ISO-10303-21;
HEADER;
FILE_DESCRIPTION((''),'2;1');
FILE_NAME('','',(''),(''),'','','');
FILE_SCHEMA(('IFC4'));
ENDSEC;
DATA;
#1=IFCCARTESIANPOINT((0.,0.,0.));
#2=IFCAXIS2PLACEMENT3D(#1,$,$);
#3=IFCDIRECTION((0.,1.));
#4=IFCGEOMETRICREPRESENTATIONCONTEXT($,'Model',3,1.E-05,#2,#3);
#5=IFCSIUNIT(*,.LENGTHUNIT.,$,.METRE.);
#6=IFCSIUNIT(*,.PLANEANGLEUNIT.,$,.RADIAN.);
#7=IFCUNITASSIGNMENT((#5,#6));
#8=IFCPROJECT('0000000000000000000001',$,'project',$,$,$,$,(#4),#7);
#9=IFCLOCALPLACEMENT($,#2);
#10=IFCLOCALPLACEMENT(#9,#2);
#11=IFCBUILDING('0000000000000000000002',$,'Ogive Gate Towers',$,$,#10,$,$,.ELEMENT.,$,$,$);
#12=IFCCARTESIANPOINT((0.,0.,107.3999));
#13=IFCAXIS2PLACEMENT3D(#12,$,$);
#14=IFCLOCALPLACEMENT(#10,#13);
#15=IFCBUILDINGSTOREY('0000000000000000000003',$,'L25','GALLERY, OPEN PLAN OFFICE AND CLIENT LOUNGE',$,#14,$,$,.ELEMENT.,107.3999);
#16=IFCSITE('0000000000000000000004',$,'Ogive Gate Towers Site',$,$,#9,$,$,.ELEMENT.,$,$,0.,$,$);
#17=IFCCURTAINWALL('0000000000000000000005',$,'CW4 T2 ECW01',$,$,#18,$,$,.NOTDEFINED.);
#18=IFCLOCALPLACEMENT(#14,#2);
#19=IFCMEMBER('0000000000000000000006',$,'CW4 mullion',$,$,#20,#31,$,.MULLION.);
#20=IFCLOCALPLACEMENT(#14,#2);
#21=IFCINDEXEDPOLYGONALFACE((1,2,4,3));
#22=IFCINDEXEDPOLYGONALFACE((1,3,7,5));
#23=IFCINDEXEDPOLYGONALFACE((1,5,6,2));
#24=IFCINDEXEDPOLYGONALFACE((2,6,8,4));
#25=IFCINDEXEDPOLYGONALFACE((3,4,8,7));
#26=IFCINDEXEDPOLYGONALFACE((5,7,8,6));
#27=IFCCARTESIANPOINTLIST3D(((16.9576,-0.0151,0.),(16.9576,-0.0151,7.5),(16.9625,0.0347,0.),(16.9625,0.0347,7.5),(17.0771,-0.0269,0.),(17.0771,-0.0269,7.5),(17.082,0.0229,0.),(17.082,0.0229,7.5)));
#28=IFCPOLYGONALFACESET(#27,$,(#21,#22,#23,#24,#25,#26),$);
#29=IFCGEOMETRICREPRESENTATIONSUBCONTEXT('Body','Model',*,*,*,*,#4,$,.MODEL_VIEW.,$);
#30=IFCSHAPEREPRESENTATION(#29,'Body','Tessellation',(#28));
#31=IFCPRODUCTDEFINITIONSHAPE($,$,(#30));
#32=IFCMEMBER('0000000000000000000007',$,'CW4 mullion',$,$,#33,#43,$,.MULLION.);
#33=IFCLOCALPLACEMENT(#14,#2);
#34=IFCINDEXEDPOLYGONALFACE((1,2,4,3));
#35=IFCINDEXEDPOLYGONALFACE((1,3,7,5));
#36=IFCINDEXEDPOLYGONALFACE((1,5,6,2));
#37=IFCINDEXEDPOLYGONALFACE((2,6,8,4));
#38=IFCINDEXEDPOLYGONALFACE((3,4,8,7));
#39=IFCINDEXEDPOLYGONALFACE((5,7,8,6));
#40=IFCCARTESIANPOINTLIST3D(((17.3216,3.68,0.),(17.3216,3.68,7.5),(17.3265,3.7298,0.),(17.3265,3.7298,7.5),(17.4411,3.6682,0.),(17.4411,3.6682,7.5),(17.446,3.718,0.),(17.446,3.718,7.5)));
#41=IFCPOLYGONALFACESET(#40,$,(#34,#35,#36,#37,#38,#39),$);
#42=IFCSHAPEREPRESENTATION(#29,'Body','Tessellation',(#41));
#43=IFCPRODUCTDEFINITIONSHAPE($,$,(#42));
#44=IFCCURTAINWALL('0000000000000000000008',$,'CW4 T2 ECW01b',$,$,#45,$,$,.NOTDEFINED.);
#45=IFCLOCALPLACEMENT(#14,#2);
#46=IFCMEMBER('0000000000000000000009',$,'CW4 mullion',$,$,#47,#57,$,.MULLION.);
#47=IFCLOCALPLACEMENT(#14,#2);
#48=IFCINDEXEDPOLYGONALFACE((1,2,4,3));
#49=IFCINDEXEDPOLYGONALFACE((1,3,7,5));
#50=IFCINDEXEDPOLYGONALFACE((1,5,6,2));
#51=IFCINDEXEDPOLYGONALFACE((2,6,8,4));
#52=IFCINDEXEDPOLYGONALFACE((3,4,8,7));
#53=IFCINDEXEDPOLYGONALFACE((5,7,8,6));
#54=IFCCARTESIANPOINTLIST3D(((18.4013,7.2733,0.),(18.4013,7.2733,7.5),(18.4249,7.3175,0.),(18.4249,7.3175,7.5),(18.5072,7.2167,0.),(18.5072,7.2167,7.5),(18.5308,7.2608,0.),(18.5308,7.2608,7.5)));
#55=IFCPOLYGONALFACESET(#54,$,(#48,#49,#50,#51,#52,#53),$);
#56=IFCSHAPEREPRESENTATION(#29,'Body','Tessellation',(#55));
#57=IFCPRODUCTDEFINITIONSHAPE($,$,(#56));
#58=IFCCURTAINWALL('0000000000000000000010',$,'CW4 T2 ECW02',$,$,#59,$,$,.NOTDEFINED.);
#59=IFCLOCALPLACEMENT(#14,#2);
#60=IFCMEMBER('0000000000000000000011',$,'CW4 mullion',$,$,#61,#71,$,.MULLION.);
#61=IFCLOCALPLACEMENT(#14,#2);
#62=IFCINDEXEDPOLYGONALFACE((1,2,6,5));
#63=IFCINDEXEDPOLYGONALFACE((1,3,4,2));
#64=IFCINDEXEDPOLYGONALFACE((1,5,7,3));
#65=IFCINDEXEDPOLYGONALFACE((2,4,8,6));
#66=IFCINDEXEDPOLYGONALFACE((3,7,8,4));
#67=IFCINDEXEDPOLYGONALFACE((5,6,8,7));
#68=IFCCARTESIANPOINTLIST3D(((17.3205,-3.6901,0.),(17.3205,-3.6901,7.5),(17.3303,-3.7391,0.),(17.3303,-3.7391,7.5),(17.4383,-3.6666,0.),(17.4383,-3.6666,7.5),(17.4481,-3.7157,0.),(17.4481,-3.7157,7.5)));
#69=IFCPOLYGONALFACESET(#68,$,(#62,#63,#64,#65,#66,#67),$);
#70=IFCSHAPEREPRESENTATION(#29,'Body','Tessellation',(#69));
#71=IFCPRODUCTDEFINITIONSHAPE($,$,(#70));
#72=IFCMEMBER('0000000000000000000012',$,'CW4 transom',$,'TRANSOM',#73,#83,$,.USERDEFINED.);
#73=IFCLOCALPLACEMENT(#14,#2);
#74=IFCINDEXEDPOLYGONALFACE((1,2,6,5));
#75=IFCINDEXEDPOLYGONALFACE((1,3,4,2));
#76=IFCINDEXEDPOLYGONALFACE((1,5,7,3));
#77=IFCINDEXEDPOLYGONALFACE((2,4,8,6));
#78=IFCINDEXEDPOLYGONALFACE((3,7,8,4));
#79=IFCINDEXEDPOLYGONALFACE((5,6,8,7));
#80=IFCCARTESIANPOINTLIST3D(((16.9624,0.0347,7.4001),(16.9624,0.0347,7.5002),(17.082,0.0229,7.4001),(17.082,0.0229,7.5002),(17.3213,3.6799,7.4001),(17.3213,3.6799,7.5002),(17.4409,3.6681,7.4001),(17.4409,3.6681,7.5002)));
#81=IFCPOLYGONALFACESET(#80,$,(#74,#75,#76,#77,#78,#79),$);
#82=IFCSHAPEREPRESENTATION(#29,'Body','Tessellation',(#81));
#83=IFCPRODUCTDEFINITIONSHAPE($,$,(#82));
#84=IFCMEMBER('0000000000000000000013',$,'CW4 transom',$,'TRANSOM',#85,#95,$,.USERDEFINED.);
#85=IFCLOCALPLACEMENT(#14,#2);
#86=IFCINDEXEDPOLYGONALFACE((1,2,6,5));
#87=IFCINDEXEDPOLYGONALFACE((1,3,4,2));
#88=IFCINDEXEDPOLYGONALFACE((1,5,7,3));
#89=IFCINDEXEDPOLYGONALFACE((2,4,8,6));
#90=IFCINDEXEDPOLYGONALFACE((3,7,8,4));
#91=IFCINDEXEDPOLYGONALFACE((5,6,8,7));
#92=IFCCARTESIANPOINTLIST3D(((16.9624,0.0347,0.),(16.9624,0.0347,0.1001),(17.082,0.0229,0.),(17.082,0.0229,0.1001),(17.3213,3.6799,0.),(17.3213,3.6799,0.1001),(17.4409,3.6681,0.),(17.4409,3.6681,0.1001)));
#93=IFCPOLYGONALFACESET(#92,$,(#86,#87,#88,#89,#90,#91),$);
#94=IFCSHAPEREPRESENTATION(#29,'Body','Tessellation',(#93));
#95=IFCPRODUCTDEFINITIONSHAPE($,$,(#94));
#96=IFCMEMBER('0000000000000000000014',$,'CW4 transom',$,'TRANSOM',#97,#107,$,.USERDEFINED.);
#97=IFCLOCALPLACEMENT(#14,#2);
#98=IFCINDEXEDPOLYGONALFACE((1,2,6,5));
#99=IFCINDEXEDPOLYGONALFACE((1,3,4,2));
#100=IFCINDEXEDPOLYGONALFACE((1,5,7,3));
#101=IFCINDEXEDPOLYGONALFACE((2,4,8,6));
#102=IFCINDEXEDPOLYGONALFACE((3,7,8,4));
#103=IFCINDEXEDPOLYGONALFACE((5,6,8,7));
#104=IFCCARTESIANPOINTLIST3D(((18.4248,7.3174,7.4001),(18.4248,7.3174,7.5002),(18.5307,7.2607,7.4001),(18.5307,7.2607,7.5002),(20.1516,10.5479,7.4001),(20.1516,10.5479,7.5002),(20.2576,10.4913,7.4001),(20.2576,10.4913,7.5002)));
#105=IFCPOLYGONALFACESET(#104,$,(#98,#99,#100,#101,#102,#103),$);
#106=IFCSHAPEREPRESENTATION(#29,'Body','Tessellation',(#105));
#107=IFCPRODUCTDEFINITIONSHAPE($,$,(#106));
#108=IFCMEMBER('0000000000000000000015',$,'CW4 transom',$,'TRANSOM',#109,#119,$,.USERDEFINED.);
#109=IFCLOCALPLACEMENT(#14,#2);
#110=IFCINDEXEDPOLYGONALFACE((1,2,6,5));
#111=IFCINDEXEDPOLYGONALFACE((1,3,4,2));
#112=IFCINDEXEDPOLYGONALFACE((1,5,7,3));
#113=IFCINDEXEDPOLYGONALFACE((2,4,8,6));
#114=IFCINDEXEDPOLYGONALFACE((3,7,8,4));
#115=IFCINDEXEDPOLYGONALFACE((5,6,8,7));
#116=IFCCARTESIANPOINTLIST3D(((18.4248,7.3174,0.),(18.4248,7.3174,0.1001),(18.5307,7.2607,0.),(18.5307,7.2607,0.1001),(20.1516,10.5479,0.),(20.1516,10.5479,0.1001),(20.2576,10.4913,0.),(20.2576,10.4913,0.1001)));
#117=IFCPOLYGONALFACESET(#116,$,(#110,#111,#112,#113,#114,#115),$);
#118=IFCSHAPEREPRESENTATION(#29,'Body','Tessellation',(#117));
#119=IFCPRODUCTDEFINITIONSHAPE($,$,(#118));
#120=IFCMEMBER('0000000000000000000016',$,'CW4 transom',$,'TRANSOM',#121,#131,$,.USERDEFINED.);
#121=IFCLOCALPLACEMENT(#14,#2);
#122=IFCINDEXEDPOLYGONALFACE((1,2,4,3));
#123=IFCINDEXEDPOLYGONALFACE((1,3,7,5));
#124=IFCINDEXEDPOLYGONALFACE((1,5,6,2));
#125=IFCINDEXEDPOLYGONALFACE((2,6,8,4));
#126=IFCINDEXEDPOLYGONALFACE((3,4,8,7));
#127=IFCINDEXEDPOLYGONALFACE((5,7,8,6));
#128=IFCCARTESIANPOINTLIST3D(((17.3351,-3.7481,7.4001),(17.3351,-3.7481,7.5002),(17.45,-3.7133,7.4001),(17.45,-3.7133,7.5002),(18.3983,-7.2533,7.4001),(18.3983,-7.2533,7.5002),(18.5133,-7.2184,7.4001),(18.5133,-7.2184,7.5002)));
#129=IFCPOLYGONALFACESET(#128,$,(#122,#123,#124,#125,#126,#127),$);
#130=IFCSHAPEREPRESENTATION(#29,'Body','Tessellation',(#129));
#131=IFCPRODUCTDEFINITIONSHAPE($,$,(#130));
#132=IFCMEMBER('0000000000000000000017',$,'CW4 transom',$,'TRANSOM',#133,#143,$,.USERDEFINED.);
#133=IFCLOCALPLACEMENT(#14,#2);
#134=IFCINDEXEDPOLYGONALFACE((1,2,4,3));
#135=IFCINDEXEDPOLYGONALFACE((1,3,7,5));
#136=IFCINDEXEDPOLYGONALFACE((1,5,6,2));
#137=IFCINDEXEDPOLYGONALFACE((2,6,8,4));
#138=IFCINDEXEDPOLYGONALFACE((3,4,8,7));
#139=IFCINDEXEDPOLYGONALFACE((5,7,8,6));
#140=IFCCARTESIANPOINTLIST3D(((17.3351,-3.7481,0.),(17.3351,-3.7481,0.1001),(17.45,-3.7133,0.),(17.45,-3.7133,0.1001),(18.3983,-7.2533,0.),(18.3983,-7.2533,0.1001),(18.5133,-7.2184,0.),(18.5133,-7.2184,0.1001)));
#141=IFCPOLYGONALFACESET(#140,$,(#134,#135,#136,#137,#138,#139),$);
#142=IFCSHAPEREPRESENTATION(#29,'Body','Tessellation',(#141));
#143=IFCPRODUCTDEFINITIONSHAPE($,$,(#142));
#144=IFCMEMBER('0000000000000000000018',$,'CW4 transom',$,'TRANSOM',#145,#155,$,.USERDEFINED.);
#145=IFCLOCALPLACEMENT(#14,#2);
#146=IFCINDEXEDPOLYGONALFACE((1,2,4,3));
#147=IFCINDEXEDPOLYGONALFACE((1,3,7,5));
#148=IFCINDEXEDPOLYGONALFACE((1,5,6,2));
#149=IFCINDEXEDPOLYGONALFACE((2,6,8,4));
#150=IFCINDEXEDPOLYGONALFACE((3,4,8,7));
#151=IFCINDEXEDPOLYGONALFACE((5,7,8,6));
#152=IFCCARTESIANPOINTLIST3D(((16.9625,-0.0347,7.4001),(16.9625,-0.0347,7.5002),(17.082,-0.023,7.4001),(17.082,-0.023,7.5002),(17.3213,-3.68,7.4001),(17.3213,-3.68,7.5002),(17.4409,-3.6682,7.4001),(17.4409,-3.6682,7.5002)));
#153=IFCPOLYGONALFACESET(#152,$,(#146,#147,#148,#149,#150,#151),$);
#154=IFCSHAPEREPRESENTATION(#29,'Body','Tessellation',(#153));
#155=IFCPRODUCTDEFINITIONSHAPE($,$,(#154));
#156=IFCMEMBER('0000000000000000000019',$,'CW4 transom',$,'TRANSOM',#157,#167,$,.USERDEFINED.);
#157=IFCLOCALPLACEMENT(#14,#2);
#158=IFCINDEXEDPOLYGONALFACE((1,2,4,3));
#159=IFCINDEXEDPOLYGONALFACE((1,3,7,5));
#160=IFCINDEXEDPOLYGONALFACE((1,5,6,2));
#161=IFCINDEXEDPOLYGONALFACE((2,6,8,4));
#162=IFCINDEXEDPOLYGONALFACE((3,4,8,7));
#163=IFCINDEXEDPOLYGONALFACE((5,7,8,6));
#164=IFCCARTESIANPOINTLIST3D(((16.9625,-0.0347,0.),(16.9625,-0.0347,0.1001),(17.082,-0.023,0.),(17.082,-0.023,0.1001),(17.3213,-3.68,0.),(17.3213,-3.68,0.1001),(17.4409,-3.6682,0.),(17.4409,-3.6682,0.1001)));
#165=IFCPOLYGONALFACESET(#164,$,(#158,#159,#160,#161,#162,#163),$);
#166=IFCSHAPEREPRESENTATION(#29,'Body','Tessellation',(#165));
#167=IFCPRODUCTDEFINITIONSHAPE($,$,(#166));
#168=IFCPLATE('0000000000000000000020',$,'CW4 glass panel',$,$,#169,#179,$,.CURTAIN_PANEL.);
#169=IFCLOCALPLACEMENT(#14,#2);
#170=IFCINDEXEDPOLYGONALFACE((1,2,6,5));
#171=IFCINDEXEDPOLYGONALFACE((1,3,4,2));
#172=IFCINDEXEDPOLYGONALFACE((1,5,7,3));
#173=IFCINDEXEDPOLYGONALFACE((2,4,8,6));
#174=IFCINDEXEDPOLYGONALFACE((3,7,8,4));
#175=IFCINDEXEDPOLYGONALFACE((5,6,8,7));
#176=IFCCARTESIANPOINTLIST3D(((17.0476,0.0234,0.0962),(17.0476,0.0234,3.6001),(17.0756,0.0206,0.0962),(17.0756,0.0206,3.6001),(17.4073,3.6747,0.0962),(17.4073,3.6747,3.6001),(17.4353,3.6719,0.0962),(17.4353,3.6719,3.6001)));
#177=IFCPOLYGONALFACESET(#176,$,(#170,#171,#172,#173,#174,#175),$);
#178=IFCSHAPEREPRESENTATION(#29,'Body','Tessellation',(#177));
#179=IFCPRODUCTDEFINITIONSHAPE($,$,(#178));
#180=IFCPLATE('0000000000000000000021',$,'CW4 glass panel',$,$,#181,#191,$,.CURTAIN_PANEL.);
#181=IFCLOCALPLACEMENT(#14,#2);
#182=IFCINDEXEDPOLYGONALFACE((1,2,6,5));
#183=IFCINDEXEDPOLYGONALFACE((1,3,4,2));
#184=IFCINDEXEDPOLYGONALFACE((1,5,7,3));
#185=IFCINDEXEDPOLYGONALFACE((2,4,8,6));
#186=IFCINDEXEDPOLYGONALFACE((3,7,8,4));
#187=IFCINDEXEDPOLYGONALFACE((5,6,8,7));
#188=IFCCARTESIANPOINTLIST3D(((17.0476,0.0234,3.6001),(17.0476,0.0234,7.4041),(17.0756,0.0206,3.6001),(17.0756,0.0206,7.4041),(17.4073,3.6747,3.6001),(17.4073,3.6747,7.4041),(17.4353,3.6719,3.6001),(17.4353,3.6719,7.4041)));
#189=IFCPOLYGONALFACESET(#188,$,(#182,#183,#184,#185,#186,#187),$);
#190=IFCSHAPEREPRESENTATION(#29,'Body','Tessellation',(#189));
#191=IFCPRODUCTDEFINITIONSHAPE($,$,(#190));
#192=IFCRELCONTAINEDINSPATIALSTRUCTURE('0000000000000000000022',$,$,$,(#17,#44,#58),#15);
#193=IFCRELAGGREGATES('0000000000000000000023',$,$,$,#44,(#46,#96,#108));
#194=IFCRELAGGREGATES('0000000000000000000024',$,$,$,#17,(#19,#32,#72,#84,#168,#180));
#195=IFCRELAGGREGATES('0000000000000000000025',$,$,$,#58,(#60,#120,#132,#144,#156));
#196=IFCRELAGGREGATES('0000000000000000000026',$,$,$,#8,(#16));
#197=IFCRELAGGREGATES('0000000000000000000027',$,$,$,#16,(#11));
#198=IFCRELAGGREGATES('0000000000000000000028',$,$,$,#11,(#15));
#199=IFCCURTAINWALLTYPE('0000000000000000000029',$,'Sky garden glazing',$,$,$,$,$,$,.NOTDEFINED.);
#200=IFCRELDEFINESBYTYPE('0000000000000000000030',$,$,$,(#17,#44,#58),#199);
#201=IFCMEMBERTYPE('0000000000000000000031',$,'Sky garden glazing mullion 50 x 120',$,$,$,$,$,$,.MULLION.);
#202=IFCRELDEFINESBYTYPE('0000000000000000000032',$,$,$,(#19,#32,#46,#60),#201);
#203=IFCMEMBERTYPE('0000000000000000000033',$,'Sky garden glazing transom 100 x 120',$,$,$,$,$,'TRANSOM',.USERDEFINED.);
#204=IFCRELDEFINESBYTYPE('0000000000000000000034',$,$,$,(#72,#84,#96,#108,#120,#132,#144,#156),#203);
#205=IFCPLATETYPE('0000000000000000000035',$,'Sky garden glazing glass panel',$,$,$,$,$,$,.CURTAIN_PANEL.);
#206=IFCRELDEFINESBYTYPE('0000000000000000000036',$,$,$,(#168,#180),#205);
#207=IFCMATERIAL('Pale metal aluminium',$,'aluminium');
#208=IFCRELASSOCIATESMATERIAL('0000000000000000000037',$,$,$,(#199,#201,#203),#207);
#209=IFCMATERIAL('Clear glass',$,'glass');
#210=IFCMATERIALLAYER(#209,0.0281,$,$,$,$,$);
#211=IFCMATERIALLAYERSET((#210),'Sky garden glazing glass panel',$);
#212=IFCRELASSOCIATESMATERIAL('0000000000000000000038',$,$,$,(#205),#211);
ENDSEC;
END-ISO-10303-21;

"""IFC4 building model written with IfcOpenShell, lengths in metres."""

from ifc_helpers import new_model, si_unit, direction, frame, origin, origin_2d, place, context, subcontext, project, spatial, rectangle, extrude, material, layer, layer_set, material_profile, profile_set, type_object, element, aggregate, save


model = new_model("IFC4")

# Units and contexts
model_context = context("Model", 3, precision=1e-05, world=origin(), true_north=direction((0.0, 1.0)))
body_context = subcontext(model_context, "Body", "Model", "MODEL_VIEW")
ifc_project = project(units=[si_unit("LENGTHUNIT", "METRE"), si_unit("PLANEANGLEUNIT", "RADIAN")], contexts=[model_context])

# Site, building, storey
site_placement = place(None, origin())
site = spatial("IfcSite", under=ifc_project, at=site_placement, Name="Ogive Gate Towers Site", CompositionType="ELEMENT", RefElevation=0.0)
building_placement = place(site_placement, origin())
building = spatial("IfcBuilding", under=site, at=building_placement, Name="Ogive Gate Towers", CompositionType="ELEMENT")
storey_placement = place(building_placement, frame((0.0, 0.0, 107.3999)))
storey = spatial("IfcBuildingStorey", under=building, at=storey_placement, Name="L25", Description="GALLERY, OPEN PLAN OFFICE AND CLIENT LOUNGE", CompositionType="ELEMENT", Elevation=107.3999)

# Curtain wall, members
ifc_material_1 = material(Name="Pale metal aluminium", Category="aluminium")
curtain_wall_type = type_object("IfcCurtainWallType", Name="Sky garden glazing", PredefinedType="NOTDEFINED", material=ifc_material_1)
curtain_wall_1_placement = place(storey_placement, origin())
curtain_wall_1 = element("IfcCurtainWall", 1, at=curtain_wall_1_placement, inside=storey, type_object=curtain_wall_type, Name="CW4 T2 ECW01", PredefinedType="NOTDEFINED")
ifc_material_profile_1 = material_profile(ifc_material_1, rectangle(XDim=0.1201, YDim=0.05, at=origin_2d()), Name="50 x 120 aluminium box")
ifc_profile_set_1 = profile_set([ifc_material_profile_1], Name="Pale metal aluminium")
member_type_1 = type_object("IfcMemberType", Name="Sky garden glazing mullion 50 x 120", PredefinedType="MULLION", material=ifc_profile_set_1)
member_1_placement = place(storey_placement, frame((17.0198, 0.0039, 0.0), z_axis=(0.0, 0.0, 1.0), x_axis=(0.995183, -0.098035, 0.0)))
member_1 = element("IfcMember", 2, at=member_1_placement, type_object=member_type_1, Name="CW4 mullion", PredefinedType="MULLION", context=body_context, shape_type="SweptSolid", body=[
    extrude(rectangle(XDim=0.1201, YDim=0.05, at=origin_2d()), origin(), (0.0, 0.0, 1.0), 7.5),
])
member_2_placement = place(storey_placement, frame((17.3838, 3.699, 0.0), z_axis=(0.0, 0.0, 1.0), x_axis=(0.995183, -0.098035, 0.0)))
member_2 = element("IfcMember", 3, at=member_2_placement, type_object=member_type_1, Name="CW4 mullion", PredefinedType="MULLION", context=body_context, shape_type="SweptSolid", body=[
    extrude(rectangle(XDim=0.1201, YDim=0.05, at=origin_2d()), origin(), (0.0, 0.0, 1.0), 7.5),
])

# Curtain walls, members
curtain_wall_2_placement = place(storey_placement, origin())
curtain_wall_2 = element("IfcCurtainWall", 4, at=curtain_wall_2_placement, inside=storey, type_object=curtain_wall_type, Name="CW4 T2 ECW01b", PredefinedType="NOTDEFINED")
member_3_placement = place(storey_placement, frame((18.4661, 7.2671, 0.0), z_axis=(0.0, 0.0, 1.0), x_axis=(0.881921, -0.471397, 0.0)))
member_3 = element("IfcMember", 5, at=member_3_placement, type_object=member_type_1, Name="CW4 mullion", PredefinedType="MULLION", context=body_context, shape_type="SweptSolid", body=[
    extrude(rectangle(XDim=0.1201, YDim=0.05, at=origin_2d()), origin(), (0.0, 0.0, 1.0), 7.5),
])
curtain_wall_3_placement = place(storey_placement, origin())
curtain_wall_3 = element("IfcCurtainWall", 6, at=curtain_wall_3_placement, inside=storey, type_object=curtain_wall_type, Name="CW4 T2 ECW02", PredefinedType="NOTDEFINED")
member_4_placement = place(storey_placement, frame((17.3843, -3.7029, 0.0), z_axis=(0.0, 0.0, 1.0), x_axis=(0.980785, 0.19509, 0.0)))
member_4 = element("IfcMember", 7, at=member_4_placement, type_object=member_type_1, Name="CW4 mullion", PredefinedType="MULLION", context=body_context, shape_type="SweptSolid", body=[
    extrude(rectangle(XDim=0.1201, YDim=0.05, at=origin_2d()), origin(), (0.0, 0.0, 1.0), 7.5),
])

# Members
ifc_material_profile_2 = material_profile(ifc_material_1, rectangle(XDim=0.1201, YDim=0.1001, at=origin_2d()), Name="100 x 120 aluminium box")
ifc_profile_set_2 = profile_set([ifc_material_profile_2], Name="Pale metal aluminium")
member_type_2 = type_object("IfcMemberType", Name="Sky garden glazing transom 100 x 120", ElementType="TRANSOM", PredefinedType="USERDEFINED", material=ifc_profile_set_2)
member_5_placement = place(storey_placement, frame((17.0222, 0.0288, 7.4502), z_axis=(0.097979, 0.995188, 0.0), x_axis=(-0.995188, 0.097979, 0.0)))
member_5 = element("IfcMember", 8, at=member_5_placement, type_object=member_type_2, Name="CW4 transom", ObjectType="TRANSOM", PredefinedType="USERDEFINED", context=body_context, shape_type="SweptSolid", body=[
    extrude(rectangle(XDim=0.1201, YDim=0.1001, at=origin_2d()), origin(), (0.0, 0.0, 1.0), 3.6628),
])
member_6_placement = place(storey_placement, frame((17.0222, 0.0288, 0.05), z_axis=(0.097979, 0.995188, 0.0), x_axis=(-0.995188, 0.097979, 0.0)))
member_6 = element("IfcMember", 9, at=member_6_placement, type_object=member_type_2, Name="CW4 transom", ObjectType="TRANSOM", PredefinedType="USERDEFINED", context=body_context, shape_type="SweptSolid", body=[
    extrude(rectangle(XDim=0.1201, YDim=0.1001, at=origin_2d()), origin(), (0.0, 0.0, 1.0), 3.6628),
])
member_7_placement = place(storey_placement, frame((18.4778, 7.2891, 7.4502), z_axis=(0.471415, 0.881912, 0.0), x_axis=(-0.881912, 0.471415, 0.0)))
member_7 = element("IfcMember", 10, at=member_7_placement, type_object=member_type_2, Name="CW4 transom", ObjectType="TRANSOM", PredefinedType="USERDEFINED", context=body_context, shape_type="SweptSolid", body=[
    extrude(rectangle(XDim=0.1201, YDim=0.1001, at=origin_2d()), origin(), (0.0, 0.0, 1.0), 3.6631),
])
member_8_placement = place(storey_placement, frame((18.4778, 7.2891, 0.05), z_axis=(0.471415, 0.881912, 0.0), x_axis=(-0.881912, 0.471415, 0.0)))
member_8 = element("IfcMember", 11, at=member_8_placement, type_object=member_type_2, Name="CW4 transom", ObjectType="TRANSOM", PredefinedType="USERDEFINED", context=body_context, shape_type="SweptSolid", body=[
    extrude(rectangle(XDim=0.1201, YDim=0.1001, at=origin_2d()), origin(), (0.0, 0.0, 1.0), 3.6631),
])
aggregate(curtain_wall_2, [member_3, member_7, member_8])
member_9_placement = place(storey_placement, frame((18.4558, -7.2358, 7.4502), z_axis=(-0.290276, 0.956943, 0.0), x_axis=(-0.956943, -0.290276, 0.0)))
member_9 = element("IfcMember", 12, at=member_9_placement, type_object=member_type_2, Name="CW4 transom", ObjectType="TRANSOM", PredefinedType="USERDEFINED", context=body_context, shape_type="SweptSolid", body=[
    extrude(rectangle(XDim=0.1201, YDim=0.1001, at=origin_2d()), origin(), (0.0, 0.0, 1.0), 3.6628),
])
member_10_placement = place(storey_placement, frame((18.4558, -7.2358, 0.05), z_axis=(-0.290276, 0.956943, 0.0), x_axis=(-0.956943, -0.290276, 0.0)))
member_10 = element("IfcMember", 13, at=member_10_placement, type_object=member_type_2, Name="CW4 transom", ObjectType="TRANSOM", PredefinedType="USERDEFINED", context=body_context, shape_type="SweptSolid", body=[
    extrude(rectangle(XDim=0.1201, YDim=0.1001, at=origin_2d()), origin(), (0.0, 0.0, 1.0), 3.6628),
])
member_11_placement = place(storey_placement, frame((17.3811, -3.6741, 7.4502), z_axis=(-0.097979, 0.995188, 0.0), x_axis=(-0.995188, -0.097979, 0.0)))
member_11 = element("IfcMember", 14, at=member_11_placement, type_object=member_type_2, Name="CW4 transom", ObjectType="TRANSOM", PredefinedType="USERDEFINED", context=body_context, shape_type="SweptSolid", body=[
    extrude(rectangle(XDim=0.1201, YDim=0.1001, at=origin_2d()), origin(), (0.0, 0.0, 1.0), 3.6628),
])
member_12_placement = place(storey_placement, frame((17.3811, -3.6741, 0.05), z_axis=(-0.097979, 0.995188, 0.0), x_axis=(-0.995188, -0.097979, 0.0)))
member_12 = element("IfcMember", 15, at=member_12_placement, type_object=member_type_2, Name="CW4 transom", ObjectType="TRANSOM", PredefinedType="USERDEFINED", context=body_context, shape_type="SweptSolid", body=[
    extrude(rectangle(XDim=0.1201, YDim=0.1001, at=origin_2d()), origin(), (0.0, 0.0, 1.0), 3.6628),
])

# Plates
ifc_material_2 = material(Name="Clear glass", Category="glass")
ifc_layer_1 = layer(ifc_material_2, 0.0281)
ifc_layer_set_1 = layer_set([ifc_layer_1], Name="Sky garden glazing glass panel")
plate_type = type_object("IfcPlateType", Name="Sky garden glazing glass panel", PredefinedType="CURTAIN_PANEL", material=ifc_layer_set_1)
plate_1_placement = place(storey_placement, frame((17.2415, 1.8477, 0.0962), z_axis=(0.0, 0.0, 1.0), x_axis=(0.098035, 0.995183, 0.0)))
plate_1 = element("IfcPlate", 16, at=plate_1_placement, type_object=plate_type, Name="CW4 glass panel", PredefinedType="CURTAIN_PANEL", context=body_context, shape_type="SweptSolid", body=[
    extrude(rectangle(XDim=3.6689, YDim=0.0281, at=origin_2d()), origin(), (0.0, 0.0, 1.0), 3.5039),
])
plate_2_placement = place(storey_placement, frame((17.2415, 1.8477, 3.6001), z_axis=(0.0, 0.0, 1.0), x_axis=(0.098035, 0.995183, 0.0)))
plate_2 = element("IfcPlate", 17, at=plate_2_placement, type_object=plate_type, Name="CW4 glass panel", PredefinedType="CURTAIN_PANEL", context=body_context, shape_type="SweptSolid", body=[
    extrude(rectangle(XDim=3.6689, YDim=0.0281, at=origin_2d()), origin(), (0.0, 0.0, 1.0), 3.804),
])
aggregate(curtain_wall_1, [member_1, member_2, member_5, member_6, plate_1, plate_2])
aggregate(curtain_wall_3, [member_4, member_9, member_10, member_11, member_12])

save(model, "model.ifc")
